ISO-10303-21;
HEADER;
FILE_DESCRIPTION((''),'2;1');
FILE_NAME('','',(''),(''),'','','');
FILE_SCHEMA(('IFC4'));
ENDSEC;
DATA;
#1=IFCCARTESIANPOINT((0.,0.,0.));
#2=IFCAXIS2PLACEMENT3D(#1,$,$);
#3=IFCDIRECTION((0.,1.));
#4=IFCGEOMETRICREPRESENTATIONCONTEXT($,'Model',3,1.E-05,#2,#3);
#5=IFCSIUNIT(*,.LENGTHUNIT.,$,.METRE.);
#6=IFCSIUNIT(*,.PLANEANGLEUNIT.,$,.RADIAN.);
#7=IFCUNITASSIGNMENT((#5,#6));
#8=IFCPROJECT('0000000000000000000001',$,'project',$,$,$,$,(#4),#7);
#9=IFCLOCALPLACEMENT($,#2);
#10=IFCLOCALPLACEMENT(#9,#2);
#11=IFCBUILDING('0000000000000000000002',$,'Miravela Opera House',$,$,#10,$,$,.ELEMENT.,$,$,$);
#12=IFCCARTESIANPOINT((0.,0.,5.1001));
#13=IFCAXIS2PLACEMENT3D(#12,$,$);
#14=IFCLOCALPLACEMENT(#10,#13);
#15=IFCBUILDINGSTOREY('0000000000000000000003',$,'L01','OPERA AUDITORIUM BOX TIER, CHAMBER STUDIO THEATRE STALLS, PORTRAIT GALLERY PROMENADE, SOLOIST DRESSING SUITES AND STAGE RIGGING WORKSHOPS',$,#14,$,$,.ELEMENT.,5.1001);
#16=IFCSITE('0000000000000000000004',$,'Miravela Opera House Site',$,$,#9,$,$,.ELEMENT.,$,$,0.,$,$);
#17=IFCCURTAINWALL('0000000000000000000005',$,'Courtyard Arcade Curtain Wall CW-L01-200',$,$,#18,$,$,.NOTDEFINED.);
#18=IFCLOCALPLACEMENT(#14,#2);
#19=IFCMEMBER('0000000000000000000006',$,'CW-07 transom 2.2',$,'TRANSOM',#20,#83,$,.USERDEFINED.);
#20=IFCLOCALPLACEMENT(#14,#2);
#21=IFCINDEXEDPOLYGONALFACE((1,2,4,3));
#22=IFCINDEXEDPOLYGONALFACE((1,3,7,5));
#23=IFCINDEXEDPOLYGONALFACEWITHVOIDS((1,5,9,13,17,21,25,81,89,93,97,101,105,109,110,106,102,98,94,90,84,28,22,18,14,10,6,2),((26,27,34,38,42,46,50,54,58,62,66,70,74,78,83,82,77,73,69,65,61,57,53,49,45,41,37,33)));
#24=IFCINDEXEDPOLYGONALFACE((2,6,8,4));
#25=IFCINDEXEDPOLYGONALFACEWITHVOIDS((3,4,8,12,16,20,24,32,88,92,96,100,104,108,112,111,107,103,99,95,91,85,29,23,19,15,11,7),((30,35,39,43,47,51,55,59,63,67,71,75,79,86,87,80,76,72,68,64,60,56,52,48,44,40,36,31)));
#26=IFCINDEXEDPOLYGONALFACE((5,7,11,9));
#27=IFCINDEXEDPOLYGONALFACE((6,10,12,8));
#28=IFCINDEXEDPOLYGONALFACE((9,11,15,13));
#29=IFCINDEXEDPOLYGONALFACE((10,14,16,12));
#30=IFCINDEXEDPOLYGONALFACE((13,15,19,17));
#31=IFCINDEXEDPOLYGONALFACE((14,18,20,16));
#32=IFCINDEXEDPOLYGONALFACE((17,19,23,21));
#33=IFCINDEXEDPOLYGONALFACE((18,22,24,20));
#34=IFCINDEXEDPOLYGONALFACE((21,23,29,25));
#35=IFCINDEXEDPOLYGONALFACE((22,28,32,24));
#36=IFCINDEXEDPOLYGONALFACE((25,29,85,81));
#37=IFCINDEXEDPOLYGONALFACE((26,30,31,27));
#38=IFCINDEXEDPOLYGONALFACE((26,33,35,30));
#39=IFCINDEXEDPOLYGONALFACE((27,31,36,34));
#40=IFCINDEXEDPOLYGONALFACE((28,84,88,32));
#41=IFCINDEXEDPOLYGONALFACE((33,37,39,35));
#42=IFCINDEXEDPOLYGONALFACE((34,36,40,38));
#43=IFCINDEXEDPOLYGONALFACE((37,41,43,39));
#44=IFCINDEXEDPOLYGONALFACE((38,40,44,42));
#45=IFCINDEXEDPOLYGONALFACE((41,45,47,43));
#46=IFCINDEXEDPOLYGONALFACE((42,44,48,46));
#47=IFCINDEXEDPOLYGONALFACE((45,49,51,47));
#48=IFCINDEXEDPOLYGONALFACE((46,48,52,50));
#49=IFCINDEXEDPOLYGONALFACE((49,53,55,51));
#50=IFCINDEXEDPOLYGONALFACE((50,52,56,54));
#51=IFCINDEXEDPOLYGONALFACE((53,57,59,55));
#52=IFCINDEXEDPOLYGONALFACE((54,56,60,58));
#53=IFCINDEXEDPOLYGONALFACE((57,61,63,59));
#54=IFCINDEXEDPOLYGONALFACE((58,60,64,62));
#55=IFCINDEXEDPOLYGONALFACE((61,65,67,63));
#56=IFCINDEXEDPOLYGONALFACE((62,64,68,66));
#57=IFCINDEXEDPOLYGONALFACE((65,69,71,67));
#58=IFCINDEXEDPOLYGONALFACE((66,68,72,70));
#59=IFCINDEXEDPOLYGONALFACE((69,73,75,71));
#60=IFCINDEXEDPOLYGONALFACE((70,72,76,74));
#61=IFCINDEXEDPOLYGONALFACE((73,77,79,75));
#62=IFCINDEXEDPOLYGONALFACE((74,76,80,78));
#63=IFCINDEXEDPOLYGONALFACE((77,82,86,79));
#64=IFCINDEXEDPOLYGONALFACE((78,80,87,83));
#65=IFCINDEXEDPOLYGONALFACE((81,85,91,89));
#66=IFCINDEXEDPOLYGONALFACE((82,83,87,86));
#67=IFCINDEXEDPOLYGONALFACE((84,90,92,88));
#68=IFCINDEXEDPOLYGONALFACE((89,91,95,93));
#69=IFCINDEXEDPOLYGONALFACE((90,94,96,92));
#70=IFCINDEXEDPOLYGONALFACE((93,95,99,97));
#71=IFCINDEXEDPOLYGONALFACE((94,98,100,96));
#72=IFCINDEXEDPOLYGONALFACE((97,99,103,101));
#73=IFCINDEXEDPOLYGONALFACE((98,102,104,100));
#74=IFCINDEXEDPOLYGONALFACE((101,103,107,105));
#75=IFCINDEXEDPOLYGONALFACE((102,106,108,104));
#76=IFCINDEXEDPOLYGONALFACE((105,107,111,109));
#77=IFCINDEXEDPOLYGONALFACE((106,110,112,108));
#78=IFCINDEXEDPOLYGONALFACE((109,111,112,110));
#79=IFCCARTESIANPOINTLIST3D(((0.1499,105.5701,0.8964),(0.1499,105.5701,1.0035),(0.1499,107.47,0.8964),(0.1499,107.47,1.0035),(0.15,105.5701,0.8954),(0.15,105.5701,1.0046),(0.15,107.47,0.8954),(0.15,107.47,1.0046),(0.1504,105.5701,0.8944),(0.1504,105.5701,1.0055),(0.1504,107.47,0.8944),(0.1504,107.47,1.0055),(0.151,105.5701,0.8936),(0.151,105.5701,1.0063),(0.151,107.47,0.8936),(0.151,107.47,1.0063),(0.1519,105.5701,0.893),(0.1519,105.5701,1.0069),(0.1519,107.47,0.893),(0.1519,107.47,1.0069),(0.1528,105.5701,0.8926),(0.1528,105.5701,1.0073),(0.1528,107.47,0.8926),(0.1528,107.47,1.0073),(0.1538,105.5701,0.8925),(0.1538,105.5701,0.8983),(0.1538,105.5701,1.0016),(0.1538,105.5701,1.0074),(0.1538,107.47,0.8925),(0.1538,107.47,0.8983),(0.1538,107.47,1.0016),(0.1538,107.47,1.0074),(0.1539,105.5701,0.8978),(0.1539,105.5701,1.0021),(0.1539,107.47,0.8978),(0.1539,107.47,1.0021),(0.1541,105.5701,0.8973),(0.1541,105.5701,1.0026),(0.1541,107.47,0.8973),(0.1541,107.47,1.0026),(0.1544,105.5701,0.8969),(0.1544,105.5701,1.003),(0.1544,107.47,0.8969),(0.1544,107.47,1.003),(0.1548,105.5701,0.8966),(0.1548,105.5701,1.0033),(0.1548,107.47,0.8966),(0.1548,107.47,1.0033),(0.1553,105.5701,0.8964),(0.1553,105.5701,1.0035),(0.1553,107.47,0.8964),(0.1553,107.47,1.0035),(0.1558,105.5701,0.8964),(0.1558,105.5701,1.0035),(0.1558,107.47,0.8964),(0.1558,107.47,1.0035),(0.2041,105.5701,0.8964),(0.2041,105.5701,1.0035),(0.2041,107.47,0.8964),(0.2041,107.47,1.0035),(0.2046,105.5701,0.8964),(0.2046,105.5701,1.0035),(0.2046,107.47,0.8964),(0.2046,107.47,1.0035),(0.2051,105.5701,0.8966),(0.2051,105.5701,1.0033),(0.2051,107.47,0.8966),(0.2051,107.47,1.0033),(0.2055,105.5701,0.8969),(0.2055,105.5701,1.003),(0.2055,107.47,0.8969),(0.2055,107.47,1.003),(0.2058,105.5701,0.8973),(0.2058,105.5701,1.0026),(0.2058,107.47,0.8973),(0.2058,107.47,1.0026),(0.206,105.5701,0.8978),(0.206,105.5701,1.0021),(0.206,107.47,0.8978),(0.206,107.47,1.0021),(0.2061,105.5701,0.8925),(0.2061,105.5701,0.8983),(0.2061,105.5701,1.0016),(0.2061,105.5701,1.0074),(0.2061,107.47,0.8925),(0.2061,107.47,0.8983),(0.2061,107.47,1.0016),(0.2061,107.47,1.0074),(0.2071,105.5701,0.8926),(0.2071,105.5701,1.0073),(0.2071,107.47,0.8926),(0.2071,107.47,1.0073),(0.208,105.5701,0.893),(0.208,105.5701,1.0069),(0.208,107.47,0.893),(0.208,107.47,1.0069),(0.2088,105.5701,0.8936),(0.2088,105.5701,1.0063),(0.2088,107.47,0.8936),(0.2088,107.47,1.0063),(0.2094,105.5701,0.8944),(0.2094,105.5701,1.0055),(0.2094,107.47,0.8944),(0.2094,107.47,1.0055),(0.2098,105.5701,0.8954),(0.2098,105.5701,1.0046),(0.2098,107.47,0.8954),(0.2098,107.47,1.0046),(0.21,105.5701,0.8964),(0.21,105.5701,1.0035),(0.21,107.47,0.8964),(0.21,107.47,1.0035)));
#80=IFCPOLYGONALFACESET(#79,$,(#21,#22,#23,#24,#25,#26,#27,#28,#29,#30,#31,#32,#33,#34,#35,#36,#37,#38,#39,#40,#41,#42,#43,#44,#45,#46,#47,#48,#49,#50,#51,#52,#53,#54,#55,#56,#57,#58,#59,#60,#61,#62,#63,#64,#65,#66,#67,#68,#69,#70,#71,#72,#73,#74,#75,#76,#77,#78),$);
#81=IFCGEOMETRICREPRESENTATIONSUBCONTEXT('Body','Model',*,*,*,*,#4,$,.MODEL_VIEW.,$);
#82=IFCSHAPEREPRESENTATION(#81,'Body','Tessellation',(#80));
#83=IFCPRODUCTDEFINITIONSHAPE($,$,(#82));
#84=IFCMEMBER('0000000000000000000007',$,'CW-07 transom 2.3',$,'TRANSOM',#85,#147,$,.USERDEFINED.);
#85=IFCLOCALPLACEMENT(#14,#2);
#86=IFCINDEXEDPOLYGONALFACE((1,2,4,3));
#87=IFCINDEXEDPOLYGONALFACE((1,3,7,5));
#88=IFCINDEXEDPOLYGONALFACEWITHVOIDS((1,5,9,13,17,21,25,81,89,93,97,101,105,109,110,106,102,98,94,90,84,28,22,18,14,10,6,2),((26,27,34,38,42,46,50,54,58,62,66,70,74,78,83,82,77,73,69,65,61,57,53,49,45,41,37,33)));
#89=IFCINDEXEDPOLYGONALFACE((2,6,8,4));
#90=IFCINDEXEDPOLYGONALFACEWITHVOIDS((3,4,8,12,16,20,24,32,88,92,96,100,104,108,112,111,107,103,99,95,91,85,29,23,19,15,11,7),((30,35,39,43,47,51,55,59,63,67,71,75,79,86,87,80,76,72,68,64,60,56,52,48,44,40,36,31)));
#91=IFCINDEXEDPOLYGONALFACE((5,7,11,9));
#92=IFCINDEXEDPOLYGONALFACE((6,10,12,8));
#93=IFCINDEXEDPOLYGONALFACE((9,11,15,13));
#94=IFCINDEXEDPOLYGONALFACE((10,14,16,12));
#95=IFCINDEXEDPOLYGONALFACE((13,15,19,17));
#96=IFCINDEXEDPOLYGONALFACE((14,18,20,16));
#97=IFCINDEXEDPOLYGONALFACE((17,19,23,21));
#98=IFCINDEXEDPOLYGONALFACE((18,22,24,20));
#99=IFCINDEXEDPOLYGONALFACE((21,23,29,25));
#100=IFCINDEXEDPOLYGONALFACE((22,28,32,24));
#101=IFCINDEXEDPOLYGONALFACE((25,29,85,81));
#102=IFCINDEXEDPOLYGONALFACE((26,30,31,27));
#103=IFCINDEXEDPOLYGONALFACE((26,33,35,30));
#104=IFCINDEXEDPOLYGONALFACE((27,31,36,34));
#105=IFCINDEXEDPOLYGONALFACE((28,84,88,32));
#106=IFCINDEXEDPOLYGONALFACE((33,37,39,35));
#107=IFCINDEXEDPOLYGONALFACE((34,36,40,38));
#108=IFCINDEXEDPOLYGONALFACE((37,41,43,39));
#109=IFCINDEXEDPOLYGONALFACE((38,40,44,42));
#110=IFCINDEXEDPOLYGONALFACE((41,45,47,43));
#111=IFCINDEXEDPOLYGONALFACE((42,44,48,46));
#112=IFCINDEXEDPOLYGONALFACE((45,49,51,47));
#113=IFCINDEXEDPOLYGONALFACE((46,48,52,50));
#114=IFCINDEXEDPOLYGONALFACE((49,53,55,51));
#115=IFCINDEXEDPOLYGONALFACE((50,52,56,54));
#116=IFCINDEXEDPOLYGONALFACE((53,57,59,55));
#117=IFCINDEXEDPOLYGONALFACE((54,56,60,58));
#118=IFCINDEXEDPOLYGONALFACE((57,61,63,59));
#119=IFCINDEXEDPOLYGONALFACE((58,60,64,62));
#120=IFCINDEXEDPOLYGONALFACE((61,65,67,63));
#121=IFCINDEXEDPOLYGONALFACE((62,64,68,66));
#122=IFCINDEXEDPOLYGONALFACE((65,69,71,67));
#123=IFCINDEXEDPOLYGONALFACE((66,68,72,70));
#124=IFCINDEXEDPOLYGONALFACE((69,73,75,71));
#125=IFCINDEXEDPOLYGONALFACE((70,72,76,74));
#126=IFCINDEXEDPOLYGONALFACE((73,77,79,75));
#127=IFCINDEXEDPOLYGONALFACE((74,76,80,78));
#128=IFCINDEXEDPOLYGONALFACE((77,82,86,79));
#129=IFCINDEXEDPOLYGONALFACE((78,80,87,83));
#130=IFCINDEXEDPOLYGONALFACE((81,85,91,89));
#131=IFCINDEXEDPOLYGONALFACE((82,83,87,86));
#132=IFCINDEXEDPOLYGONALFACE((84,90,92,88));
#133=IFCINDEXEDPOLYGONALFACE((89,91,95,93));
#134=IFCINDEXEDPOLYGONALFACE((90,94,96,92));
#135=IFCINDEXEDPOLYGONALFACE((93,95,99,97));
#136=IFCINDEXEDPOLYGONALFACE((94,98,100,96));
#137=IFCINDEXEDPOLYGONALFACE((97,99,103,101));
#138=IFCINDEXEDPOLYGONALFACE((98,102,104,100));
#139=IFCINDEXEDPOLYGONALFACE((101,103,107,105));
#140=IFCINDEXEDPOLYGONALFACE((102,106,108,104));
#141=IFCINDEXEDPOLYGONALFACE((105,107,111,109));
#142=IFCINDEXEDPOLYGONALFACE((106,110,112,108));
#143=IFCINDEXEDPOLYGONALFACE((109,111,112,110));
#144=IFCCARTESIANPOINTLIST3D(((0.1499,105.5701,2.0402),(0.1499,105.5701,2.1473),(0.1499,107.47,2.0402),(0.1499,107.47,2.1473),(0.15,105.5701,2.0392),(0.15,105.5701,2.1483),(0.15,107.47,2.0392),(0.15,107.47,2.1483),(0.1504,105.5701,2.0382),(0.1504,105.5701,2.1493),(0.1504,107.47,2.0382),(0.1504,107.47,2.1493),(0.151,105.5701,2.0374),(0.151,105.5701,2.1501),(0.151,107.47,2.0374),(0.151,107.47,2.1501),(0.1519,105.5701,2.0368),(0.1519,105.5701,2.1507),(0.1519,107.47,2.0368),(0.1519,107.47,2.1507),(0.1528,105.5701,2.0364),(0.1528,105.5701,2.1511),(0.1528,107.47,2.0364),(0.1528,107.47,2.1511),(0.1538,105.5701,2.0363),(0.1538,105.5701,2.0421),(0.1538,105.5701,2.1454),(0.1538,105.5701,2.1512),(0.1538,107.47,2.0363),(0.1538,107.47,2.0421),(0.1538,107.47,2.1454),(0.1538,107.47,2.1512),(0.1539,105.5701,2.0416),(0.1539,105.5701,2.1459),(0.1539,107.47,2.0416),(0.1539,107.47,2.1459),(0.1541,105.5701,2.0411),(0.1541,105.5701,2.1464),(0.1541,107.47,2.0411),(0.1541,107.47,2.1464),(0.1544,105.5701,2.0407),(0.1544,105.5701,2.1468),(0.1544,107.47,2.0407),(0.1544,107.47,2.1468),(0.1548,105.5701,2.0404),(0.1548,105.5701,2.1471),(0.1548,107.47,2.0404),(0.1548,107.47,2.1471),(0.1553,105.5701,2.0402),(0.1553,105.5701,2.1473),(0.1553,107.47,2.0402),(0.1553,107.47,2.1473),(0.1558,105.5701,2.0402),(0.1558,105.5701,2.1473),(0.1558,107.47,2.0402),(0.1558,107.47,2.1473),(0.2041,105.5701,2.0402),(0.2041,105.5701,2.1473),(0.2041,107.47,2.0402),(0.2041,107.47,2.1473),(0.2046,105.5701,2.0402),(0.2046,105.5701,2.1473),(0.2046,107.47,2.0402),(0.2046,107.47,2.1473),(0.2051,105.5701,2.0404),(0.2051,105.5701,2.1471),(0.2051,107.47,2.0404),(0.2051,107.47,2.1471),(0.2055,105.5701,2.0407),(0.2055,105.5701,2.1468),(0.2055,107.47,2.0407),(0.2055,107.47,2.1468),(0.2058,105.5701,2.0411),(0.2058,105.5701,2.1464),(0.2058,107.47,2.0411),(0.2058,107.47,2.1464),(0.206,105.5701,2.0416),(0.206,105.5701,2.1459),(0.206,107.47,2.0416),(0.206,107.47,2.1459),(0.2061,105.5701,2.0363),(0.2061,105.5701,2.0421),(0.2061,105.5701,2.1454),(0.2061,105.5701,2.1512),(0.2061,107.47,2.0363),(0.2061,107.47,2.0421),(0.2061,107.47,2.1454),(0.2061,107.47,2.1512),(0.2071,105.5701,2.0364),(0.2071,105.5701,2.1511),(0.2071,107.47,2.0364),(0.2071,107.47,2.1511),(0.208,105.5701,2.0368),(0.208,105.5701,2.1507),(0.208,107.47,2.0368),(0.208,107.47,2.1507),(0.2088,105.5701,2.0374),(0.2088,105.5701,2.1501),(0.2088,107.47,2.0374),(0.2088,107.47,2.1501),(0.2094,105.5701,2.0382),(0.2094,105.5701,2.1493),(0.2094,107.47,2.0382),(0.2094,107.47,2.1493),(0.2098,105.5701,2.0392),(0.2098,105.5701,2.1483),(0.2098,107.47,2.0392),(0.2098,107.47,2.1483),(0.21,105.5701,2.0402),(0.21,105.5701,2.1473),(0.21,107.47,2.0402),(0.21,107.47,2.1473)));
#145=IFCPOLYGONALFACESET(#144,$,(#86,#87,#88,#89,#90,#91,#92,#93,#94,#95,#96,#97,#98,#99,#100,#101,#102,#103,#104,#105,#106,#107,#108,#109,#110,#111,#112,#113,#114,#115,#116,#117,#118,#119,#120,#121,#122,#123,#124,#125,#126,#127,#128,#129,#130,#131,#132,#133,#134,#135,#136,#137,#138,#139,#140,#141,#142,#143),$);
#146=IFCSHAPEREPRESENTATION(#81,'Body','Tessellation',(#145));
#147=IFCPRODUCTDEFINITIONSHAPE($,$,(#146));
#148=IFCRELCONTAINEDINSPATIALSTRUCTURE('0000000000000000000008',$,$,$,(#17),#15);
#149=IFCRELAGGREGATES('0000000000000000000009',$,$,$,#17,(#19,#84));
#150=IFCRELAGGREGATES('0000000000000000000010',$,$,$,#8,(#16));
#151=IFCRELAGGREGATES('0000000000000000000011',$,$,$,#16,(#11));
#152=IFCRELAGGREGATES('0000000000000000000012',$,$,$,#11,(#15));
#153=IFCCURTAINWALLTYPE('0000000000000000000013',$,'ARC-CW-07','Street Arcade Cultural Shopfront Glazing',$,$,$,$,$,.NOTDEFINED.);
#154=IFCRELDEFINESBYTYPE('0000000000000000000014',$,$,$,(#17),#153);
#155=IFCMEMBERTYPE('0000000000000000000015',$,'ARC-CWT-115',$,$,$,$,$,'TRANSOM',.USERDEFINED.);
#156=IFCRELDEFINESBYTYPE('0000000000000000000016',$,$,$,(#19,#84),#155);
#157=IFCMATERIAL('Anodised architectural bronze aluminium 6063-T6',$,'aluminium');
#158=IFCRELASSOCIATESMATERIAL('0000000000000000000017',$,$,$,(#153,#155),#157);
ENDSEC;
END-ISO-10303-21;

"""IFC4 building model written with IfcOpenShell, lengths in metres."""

from ifc_helpers import new_model, si_unit, direction, frame, origin, origin_2d, place, context, subcontext, project, spatial, hollow_rectangle, extrude, material, material_profile, profile_set, type_object, element, aggregate, save


model = new_model("IFC4")

# Units and contexts
model_context = context("Model", 3, precision=1e-05, world=origin(), true_north=direction((0.0, 1.0)))
body_context = subcontext(model_context, "Body", "Model", "MODEL_VIEW")
ifc_project = project(units=[si_unit("LENGTHUNIT", "METRE"), si_unit("PLANEANGLEUNIT", "RADIAN")], contexts=[model_context])

# Site, building, storey
site_placement = place(None, origin())
site = spatial("IfcSite", under=ifc_project, at=site_placement, Name="Miravela Opera House Site", CompositionType="ELEMENT", RefElevation=0.0)
building_placement = place(site_placement, origin())
building = spatial("IfcBuilding", under=site, at=building_placement, Name="Miravela Opera House", CompositionType="ELEMENT")
storey_placement = place(building_placement, frame((0.0, 0.0, 5.1001)))
storey = spatial("IfcBuildingStorey", under=building, at=storey_placement, Name="L01", Description="OPERA AUDITORIUM BOX TIER, CHAMBER STUDIO THEATRE STALLS, PORTRAIT GALLERY PROMENADE, SOLOIST DRESSING SUITES AND STAGE RIGGING WORKSHOPS", CompositionType="ELEMENT", Elevation=5.1001)

# Shared definitions
ifc_material_1 = material(Name="Anodised architectural bronze aluminium 6063-T6", Category="aluminium")
curtain_wall_type = type_object("IfcCurtainWallType", Name="ARC-CW-07", Description="Street Arcade Cultural Shopfront Glazing", PredefinedType="NOTDEFINED", material=ifc_material_1)

# Curtain wall, members
curtain_wall_1_placement = place(storey_placement, origin())
curtain_wall_1 = element("IfcCurtainWall", 1, at=curtain_wall_1_placement, inside=storey, type_object=curtain_wall_type, Name="Courtyard Arcade Curtain Wall CW-L01-200", PredefinedType="NOTDEFINED")
ifc_material_profile_1 = material_profile(ifc_material_1, hollow_rectangle(XDim=0.0601, YDim=0.115, WallThickness=0.0039, InnerFilletRadius=0.002, OuterFilletRadius=0.0039, at=origin_2d()), Name="CWT-60X115")
ifc_profile_set_1 = profile_set([ifc_material_profile_1])
member_type_1 = type_object("IfcMemberType", Name="ARC-CWT-115", ElementType="TRANSOM", PredefinedType="USERDEFINED", material=ifc_profile_set_1)
member_1_placement = place(storey_placement, frame((0.1799, 105.5701, 0.95), z_axis=(0.0, 1.0, 0.0), x_axis=(-1.0, 0.0, 0.0)))
member_1 = element("IfcMember", 2, at=member_1_placement, type_object=member_type_1, Name="CW-07 transom 2.2", ObjectType="TRANSOM", PredefinedType="USERDEFINED", context=body_context, shape_type="SweptSolid", body=[
    extrude(hollow_rectangle(XDim=0.0601, YDim=0.115, WallThickness=0.0039, InnerFilletRadius=0.002, OuterFilletRadius=0.0039, at=origin_2d()), origin(), (0.0, 0.0, 1.0), 1.8999),
])
member_2_placement = place(storey_placement, frame((0.1799, 105.5701, 2.0938), z_axis=(0.0, 1.0, 0.0), x_axis=(-1.0, 0.0, 0.0)))
member_2 = element("IfcMember", 3, at=member_2_placement, type_object=member_type_1, Name="CW-07 transom 2.3", ObjectType="TRANSOM", PredefinedType="USERDEFINED", context=body_context, shape_type="SweptSolid", body=[
    extrude(hollow_rectangle(XDim=0.0601, YDim=0.115, WallThickness=0.0039, InnerFilletRadius=0.002, OuterFilletRadius=0.0039, at=origin_2d()), origin(), (0.0, 0.0, 1.0), 1.8999),
])

aggregate(curtain_wall_1, [member_1, member_2])

save(model, "model.ifc")
